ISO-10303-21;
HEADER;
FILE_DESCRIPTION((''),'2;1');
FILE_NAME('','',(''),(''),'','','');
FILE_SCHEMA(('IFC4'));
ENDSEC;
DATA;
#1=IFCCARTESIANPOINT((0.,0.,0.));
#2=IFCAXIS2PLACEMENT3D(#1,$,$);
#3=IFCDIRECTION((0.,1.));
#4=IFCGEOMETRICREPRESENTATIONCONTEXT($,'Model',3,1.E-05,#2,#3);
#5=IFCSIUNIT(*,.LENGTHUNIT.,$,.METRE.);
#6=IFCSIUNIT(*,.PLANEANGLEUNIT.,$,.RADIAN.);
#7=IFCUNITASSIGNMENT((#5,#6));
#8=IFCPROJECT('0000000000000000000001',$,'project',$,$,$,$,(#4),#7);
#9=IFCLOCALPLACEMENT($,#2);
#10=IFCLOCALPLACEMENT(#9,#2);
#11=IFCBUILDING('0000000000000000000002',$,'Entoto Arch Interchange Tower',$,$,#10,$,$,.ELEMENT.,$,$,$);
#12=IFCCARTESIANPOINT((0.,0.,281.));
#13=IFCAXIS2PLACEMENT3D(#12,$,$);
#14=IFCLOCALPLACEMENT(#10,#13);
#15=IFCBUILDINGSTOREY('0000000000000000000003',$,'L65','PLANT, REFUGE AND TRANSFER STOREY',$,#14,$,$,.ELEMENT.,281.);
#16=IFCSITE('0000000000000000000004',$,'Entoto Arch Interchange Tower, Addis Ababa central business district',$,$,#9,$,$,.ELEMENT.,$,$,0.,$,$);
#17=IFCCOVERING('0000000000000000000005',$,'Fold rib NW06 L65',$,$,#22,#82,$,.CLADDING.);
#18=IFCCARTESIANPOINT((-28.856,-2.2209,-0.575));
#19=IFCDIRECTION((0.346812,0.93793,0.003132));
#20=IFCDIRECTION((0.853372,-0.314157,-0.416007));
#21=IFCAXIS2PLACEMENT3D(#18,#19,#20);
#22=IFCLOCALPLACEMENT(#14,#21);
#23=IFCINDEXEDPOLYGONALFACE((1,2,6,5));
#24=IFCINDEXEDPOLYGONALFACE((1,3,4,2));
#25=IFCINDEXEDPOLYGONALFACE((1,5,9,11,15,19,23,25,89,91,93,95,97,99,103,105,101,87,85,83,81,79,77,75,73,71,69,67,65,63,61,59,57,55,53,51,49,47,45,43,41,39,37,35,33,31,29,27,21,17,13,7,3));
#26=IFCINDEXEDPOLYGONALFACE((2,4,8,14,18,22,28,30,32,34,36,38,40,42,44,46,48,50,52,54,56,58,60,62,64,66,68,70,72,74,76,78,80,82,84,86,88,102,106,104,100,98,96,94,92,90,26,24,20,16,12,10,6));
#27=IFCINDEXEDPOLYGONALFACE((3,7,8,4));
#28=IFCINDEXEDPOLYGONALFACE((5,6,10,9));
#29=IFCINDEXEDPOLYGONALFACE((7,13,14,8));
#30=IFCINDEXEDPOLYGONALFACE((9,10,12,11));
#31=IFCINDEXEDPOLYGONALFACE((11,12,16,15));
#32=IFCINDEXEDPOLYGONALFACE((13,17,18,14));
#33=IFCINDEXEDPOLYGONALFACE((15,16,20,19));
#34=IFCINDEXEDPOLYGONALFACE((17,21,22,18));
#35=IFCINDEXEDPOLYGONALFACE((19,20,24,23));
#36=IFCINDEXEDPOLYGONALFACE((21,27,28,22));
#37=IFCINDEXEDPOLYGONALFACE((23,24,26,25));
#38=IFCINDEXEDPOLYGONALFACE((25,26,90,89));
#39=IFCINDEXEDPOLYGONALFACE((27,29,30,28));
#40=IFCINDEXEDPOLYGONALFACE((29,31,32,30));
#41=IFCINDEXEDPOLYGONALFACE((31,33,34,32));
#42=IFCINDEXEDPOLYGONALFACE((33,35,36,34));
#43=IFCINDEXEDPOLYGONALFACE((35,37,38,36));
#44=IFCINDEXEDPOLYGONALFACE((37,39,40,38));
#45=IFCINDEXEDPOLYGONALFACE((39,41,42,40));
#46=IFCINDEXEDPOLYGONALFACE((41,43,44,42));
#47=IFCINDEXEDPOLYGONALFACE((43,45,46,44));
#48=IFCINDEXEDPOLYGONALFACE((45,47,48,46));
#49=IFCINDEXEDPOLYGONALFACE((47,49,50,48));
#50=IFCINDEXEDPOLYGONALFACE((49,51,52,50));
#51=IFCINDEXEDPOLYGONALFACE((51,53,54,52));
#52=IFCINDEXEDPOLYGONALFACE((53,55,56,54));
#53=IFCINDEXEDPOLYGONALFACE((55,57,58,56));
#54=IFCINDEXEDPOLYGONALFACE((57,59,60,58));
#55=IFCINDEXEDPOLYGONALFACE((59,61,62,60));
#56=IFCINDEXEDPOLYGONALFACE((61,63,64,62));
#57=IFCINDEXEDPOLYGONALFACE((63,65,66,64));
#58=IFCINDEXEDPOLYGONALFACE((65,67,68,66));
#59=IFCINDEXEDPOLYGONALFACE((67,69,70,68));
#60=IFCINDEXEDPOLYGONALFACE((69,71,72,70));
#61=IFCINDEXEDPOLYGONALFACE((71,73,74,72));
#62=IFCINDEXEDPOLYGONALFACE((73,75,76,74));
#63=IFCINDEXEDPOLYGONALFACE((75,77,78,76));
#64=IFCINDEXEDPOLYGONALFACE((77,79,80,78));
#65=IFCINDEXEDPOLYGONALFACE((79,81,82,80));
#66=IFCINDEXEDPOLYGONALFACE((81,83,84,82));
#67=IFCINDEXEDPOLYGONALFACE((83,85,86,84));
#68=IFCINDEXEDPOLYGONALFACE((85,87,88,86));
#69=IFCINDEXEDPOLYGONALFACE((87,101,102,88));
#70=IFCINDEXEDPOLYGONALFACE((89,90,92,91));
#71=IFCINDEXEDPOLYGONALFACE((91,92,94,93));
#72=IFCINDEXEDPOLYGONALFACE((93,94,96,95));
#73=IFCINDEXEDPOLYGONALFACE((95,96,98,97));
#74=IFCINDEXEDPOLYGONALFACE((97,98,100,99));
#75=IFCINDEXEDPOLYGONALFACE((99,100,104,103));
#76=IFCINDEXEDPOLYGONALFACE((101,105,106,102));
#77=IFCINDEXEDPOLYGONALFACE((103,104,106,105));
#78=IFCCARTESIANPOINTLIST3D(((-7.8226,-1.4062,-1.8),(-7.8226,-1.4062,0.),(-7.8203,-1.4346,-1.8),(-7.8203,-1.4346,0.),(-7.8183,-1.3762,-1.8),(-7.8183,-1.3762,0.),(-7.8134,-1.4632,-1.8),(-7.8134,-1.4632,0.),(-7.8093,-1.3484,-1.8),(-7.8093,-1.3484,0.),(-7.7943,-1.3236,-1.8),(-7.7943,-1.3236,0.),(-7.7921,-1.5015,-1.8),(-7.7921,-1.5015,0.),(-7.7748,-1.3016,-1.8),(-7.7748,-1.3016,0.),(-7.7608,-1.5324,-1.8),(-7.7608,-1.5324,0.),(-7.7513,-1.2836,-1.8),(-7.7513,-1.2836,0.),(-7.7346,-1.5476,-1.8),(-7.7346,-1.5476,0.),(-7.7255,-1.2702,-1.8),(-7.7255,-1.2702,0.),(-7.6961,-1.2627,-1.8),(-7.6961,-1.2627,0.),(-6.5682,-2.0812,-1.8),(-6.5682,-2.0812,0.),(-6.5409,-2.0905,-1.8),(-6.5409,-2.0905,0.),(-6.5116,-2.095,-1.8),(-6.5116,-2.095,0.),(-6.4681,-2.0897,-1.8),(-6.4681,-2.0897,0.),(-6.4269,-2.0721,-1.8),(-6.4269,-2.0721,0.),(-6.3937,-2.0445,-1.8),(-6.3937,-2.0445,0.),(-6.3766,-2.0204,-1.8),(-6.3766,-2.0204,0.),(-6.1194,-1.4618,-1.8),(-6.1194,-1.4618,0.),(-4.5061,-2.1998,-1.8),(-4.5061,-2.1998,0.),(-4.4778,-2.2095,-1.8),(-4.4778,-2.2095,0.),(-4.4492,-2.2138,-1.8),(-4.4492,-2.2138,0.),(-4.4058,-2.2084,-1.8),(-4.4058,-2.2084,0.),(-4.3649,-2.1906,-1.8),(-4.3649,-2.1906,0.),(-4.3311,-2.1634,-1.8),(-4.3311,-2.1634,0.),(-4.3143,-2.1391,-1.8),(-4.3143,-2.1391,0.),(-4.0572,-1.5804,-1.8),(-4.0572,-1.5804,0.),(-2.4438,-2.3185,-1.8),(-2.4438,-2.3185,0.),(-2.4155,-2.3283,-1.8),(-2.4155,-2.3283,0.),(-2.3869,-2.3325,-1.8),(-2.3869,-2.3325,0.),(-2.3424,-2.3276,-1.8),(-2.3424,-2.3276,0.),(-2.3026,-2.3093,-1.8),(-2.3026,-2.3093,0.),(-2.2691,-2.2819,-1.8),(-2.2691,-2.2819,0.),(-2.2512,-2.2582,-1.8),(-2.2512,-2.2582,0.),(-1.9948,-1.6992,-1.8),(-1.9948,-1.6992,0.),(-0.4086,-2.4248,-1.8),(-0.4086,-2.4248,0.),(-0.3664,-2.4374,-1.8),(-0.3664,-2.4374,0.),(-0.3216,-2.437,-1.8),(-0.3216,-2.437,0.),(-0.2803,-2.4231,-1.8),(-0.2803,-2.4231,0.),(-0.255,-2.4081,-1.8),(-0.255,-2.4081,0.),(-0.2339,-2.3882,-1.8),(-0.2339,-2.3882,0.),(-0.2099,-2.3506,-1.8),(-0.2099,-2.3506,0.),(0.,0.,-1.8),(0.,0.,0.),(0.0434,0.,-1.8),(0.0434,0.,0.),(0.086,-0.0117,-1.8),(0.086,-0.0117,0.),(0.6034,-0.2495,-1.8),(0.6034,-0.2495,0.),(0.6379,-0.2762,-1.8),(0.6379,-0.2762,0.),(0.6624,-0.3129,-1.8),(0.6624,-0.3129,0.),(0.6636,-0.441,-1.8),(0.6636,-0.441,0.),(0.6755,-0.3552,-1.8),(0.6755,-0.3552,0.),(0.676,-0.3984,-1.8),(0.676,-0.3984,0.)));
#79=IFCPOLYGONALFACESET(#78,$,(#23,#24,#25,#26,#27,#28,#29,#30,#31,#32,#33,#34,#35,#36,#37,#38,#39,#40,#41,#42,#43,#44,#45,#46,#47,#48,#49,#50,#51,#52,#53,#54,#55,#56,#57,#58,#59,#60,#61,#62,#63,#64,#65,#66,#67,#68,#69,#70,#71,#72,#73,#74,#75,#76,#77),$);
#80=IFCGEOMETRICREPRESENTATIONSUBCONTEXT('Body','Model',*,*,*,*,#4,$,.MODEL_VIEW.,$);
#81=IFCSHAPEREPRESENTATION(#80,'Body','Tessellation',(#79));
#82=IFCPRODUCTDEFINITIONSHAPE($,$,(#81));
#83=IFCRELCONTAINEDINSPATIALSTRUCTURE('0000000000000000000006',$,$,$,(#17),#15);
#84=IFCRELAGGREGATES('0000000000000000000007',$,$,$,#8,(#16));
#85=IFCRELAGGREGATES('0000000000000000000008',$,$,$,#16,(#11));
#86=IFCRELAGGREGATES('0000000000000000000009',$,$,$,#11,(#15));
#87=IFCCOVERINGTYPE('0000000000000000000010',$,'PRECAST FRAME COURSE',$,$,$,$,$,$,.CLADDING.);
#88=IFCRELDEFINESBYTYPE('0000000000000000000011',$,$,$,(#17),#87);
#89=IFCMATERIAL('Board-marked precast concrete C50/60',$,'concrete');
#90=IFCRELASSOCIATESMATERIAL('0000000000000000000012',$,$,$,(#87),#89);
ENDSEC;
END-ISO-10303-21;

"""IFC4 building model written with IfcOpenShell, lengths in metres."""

from ifc_helpers import new_model, si_unit, direction, frame, origin, place, context, subcontext, project, spatial, polyline, outline, extrude, material, type_object, element, save


model = new_model("IFC4")

# Units and contexts
model_context = context("Model", 3, precision=1e-05, world=origin(), true_north=direction((0.0, 1.0)))
body_context = subcontext(model_context, "Body", "Model", "MODEL_VIEW")
ifc_project = project(units=[si_unit("LENGTHUNIT", "METRE"), si_unit("PLANEANGLEUNIT", "RADIAN")], contexts=[model_context])

# Site, building, storey
site_placement = place(None, origin())
site = spatial("IfcSite", under=ifc_project, at=site_placement, Name="Entoto Arch Interchange Tower, Addis Ababa central business district", CompositionType="ELEMENT", RefElevation=0.0)
building_placement = place(site_placement, origin())
building = spatial("IfcBuilding", under=site, at=building_placement, Name="Entoto Arch Interchange Tower", CompositionType="ELEMENT")
storey_placement = place(building_placement, frame((0.0, 0.0, 281.0)))
storey = spatial("IfcBuildingStorey", under=building, at=storey_placement, Name="L65", Description="PLANT, REFUGE AND TRANSFER STOREY", CompositionType="ELEMENT", Elevation=281.0)

# Shared definitions
ifc_material_1 = material(Name="Board-marked precast concrete C50/60", Category="concrete")

# Covering
covering_type = type_object("IfcCoveringType", Name="PRECAST FRAME COURSE", PredefinedType="CLADDING", material=ifc_material_1)
covering_placement = place(storey_placement, frame((-28.856, -2.2209, -0.575), z_axis=(0.346812, 0.93793, 0.003132), x_axis=(0.853372, -0.314157, -0.416007)))
element("IfcCovering", 1, at=covering_placement, inside=storey, type_object=covering_type, Name="Fold rib NW06 L65", PredefinedType="CLADDING", context=body_context, shape_type="SweptSolid", body=[
    extrude(outline(polyline([(0.0, 0.0), (0.0434, 0.0), (0.086, -0.0117), (0.6034, -0.2495), (0.6379, -0.2762), (0.6624, -0.3129), (0.6755, -0.3552), (0.676, -0.3984), (0.6636, -0.441), (-0.2099, -2.3506), (-0.2339, -2.3882), (-0.255, -2.4081), (-0.2803, -2.4231), (-0.3216, -2.437), (-0.3664, -2.4374), (-0.4086, -2.4248), (-1.9948, -1.6992), (-2.2512, -2.2582), (-2.2691, -2.2819), (-2.3026, -2.3093), (-2.3424, -2.3276), (-2.3869, -2.3325), (-2.4155, -2.3283), (-2.4438, -2.3185), (-4.0572, -1.5804), (-4.3143, -2.1391), (-4.3311, -2.1634), (-4.3649, -2.1906), (-4.4058, -2.2084), (-4.4492, -2.2138), (-4.4778, -2.2095), (-4.5061, -2.1998), (-6.1194, -1.4618), (-6.3766, -2.0204), (-6.3937, -2.0445), (-6.4269, -2.0721), (-6.4681, -2.0897), (-6.5116, -2.095), (-6.5409, -2.0905), (-6.5682, -2.0812), (-7.7346, -1.5476), (-7.7608, -1.5324), (-7.7921, -1.5015), (-7.8134, -1.4632), (-7.8203, -1.4346), (-7.8226, -1.4062), (-7.8183, -1.3762), (-7.8093, -1.3484), (-7.7943, -1.3236), (-7.7748, -1.3016), (-7.7513, -1.2836), (-7.7255, -1.2702), (-7.6961, -1.2627), (0.0, 0.0)])), origin(), (0.0, 0.0, -1.0), 1.8),
])

save(model, "model.ifc")
